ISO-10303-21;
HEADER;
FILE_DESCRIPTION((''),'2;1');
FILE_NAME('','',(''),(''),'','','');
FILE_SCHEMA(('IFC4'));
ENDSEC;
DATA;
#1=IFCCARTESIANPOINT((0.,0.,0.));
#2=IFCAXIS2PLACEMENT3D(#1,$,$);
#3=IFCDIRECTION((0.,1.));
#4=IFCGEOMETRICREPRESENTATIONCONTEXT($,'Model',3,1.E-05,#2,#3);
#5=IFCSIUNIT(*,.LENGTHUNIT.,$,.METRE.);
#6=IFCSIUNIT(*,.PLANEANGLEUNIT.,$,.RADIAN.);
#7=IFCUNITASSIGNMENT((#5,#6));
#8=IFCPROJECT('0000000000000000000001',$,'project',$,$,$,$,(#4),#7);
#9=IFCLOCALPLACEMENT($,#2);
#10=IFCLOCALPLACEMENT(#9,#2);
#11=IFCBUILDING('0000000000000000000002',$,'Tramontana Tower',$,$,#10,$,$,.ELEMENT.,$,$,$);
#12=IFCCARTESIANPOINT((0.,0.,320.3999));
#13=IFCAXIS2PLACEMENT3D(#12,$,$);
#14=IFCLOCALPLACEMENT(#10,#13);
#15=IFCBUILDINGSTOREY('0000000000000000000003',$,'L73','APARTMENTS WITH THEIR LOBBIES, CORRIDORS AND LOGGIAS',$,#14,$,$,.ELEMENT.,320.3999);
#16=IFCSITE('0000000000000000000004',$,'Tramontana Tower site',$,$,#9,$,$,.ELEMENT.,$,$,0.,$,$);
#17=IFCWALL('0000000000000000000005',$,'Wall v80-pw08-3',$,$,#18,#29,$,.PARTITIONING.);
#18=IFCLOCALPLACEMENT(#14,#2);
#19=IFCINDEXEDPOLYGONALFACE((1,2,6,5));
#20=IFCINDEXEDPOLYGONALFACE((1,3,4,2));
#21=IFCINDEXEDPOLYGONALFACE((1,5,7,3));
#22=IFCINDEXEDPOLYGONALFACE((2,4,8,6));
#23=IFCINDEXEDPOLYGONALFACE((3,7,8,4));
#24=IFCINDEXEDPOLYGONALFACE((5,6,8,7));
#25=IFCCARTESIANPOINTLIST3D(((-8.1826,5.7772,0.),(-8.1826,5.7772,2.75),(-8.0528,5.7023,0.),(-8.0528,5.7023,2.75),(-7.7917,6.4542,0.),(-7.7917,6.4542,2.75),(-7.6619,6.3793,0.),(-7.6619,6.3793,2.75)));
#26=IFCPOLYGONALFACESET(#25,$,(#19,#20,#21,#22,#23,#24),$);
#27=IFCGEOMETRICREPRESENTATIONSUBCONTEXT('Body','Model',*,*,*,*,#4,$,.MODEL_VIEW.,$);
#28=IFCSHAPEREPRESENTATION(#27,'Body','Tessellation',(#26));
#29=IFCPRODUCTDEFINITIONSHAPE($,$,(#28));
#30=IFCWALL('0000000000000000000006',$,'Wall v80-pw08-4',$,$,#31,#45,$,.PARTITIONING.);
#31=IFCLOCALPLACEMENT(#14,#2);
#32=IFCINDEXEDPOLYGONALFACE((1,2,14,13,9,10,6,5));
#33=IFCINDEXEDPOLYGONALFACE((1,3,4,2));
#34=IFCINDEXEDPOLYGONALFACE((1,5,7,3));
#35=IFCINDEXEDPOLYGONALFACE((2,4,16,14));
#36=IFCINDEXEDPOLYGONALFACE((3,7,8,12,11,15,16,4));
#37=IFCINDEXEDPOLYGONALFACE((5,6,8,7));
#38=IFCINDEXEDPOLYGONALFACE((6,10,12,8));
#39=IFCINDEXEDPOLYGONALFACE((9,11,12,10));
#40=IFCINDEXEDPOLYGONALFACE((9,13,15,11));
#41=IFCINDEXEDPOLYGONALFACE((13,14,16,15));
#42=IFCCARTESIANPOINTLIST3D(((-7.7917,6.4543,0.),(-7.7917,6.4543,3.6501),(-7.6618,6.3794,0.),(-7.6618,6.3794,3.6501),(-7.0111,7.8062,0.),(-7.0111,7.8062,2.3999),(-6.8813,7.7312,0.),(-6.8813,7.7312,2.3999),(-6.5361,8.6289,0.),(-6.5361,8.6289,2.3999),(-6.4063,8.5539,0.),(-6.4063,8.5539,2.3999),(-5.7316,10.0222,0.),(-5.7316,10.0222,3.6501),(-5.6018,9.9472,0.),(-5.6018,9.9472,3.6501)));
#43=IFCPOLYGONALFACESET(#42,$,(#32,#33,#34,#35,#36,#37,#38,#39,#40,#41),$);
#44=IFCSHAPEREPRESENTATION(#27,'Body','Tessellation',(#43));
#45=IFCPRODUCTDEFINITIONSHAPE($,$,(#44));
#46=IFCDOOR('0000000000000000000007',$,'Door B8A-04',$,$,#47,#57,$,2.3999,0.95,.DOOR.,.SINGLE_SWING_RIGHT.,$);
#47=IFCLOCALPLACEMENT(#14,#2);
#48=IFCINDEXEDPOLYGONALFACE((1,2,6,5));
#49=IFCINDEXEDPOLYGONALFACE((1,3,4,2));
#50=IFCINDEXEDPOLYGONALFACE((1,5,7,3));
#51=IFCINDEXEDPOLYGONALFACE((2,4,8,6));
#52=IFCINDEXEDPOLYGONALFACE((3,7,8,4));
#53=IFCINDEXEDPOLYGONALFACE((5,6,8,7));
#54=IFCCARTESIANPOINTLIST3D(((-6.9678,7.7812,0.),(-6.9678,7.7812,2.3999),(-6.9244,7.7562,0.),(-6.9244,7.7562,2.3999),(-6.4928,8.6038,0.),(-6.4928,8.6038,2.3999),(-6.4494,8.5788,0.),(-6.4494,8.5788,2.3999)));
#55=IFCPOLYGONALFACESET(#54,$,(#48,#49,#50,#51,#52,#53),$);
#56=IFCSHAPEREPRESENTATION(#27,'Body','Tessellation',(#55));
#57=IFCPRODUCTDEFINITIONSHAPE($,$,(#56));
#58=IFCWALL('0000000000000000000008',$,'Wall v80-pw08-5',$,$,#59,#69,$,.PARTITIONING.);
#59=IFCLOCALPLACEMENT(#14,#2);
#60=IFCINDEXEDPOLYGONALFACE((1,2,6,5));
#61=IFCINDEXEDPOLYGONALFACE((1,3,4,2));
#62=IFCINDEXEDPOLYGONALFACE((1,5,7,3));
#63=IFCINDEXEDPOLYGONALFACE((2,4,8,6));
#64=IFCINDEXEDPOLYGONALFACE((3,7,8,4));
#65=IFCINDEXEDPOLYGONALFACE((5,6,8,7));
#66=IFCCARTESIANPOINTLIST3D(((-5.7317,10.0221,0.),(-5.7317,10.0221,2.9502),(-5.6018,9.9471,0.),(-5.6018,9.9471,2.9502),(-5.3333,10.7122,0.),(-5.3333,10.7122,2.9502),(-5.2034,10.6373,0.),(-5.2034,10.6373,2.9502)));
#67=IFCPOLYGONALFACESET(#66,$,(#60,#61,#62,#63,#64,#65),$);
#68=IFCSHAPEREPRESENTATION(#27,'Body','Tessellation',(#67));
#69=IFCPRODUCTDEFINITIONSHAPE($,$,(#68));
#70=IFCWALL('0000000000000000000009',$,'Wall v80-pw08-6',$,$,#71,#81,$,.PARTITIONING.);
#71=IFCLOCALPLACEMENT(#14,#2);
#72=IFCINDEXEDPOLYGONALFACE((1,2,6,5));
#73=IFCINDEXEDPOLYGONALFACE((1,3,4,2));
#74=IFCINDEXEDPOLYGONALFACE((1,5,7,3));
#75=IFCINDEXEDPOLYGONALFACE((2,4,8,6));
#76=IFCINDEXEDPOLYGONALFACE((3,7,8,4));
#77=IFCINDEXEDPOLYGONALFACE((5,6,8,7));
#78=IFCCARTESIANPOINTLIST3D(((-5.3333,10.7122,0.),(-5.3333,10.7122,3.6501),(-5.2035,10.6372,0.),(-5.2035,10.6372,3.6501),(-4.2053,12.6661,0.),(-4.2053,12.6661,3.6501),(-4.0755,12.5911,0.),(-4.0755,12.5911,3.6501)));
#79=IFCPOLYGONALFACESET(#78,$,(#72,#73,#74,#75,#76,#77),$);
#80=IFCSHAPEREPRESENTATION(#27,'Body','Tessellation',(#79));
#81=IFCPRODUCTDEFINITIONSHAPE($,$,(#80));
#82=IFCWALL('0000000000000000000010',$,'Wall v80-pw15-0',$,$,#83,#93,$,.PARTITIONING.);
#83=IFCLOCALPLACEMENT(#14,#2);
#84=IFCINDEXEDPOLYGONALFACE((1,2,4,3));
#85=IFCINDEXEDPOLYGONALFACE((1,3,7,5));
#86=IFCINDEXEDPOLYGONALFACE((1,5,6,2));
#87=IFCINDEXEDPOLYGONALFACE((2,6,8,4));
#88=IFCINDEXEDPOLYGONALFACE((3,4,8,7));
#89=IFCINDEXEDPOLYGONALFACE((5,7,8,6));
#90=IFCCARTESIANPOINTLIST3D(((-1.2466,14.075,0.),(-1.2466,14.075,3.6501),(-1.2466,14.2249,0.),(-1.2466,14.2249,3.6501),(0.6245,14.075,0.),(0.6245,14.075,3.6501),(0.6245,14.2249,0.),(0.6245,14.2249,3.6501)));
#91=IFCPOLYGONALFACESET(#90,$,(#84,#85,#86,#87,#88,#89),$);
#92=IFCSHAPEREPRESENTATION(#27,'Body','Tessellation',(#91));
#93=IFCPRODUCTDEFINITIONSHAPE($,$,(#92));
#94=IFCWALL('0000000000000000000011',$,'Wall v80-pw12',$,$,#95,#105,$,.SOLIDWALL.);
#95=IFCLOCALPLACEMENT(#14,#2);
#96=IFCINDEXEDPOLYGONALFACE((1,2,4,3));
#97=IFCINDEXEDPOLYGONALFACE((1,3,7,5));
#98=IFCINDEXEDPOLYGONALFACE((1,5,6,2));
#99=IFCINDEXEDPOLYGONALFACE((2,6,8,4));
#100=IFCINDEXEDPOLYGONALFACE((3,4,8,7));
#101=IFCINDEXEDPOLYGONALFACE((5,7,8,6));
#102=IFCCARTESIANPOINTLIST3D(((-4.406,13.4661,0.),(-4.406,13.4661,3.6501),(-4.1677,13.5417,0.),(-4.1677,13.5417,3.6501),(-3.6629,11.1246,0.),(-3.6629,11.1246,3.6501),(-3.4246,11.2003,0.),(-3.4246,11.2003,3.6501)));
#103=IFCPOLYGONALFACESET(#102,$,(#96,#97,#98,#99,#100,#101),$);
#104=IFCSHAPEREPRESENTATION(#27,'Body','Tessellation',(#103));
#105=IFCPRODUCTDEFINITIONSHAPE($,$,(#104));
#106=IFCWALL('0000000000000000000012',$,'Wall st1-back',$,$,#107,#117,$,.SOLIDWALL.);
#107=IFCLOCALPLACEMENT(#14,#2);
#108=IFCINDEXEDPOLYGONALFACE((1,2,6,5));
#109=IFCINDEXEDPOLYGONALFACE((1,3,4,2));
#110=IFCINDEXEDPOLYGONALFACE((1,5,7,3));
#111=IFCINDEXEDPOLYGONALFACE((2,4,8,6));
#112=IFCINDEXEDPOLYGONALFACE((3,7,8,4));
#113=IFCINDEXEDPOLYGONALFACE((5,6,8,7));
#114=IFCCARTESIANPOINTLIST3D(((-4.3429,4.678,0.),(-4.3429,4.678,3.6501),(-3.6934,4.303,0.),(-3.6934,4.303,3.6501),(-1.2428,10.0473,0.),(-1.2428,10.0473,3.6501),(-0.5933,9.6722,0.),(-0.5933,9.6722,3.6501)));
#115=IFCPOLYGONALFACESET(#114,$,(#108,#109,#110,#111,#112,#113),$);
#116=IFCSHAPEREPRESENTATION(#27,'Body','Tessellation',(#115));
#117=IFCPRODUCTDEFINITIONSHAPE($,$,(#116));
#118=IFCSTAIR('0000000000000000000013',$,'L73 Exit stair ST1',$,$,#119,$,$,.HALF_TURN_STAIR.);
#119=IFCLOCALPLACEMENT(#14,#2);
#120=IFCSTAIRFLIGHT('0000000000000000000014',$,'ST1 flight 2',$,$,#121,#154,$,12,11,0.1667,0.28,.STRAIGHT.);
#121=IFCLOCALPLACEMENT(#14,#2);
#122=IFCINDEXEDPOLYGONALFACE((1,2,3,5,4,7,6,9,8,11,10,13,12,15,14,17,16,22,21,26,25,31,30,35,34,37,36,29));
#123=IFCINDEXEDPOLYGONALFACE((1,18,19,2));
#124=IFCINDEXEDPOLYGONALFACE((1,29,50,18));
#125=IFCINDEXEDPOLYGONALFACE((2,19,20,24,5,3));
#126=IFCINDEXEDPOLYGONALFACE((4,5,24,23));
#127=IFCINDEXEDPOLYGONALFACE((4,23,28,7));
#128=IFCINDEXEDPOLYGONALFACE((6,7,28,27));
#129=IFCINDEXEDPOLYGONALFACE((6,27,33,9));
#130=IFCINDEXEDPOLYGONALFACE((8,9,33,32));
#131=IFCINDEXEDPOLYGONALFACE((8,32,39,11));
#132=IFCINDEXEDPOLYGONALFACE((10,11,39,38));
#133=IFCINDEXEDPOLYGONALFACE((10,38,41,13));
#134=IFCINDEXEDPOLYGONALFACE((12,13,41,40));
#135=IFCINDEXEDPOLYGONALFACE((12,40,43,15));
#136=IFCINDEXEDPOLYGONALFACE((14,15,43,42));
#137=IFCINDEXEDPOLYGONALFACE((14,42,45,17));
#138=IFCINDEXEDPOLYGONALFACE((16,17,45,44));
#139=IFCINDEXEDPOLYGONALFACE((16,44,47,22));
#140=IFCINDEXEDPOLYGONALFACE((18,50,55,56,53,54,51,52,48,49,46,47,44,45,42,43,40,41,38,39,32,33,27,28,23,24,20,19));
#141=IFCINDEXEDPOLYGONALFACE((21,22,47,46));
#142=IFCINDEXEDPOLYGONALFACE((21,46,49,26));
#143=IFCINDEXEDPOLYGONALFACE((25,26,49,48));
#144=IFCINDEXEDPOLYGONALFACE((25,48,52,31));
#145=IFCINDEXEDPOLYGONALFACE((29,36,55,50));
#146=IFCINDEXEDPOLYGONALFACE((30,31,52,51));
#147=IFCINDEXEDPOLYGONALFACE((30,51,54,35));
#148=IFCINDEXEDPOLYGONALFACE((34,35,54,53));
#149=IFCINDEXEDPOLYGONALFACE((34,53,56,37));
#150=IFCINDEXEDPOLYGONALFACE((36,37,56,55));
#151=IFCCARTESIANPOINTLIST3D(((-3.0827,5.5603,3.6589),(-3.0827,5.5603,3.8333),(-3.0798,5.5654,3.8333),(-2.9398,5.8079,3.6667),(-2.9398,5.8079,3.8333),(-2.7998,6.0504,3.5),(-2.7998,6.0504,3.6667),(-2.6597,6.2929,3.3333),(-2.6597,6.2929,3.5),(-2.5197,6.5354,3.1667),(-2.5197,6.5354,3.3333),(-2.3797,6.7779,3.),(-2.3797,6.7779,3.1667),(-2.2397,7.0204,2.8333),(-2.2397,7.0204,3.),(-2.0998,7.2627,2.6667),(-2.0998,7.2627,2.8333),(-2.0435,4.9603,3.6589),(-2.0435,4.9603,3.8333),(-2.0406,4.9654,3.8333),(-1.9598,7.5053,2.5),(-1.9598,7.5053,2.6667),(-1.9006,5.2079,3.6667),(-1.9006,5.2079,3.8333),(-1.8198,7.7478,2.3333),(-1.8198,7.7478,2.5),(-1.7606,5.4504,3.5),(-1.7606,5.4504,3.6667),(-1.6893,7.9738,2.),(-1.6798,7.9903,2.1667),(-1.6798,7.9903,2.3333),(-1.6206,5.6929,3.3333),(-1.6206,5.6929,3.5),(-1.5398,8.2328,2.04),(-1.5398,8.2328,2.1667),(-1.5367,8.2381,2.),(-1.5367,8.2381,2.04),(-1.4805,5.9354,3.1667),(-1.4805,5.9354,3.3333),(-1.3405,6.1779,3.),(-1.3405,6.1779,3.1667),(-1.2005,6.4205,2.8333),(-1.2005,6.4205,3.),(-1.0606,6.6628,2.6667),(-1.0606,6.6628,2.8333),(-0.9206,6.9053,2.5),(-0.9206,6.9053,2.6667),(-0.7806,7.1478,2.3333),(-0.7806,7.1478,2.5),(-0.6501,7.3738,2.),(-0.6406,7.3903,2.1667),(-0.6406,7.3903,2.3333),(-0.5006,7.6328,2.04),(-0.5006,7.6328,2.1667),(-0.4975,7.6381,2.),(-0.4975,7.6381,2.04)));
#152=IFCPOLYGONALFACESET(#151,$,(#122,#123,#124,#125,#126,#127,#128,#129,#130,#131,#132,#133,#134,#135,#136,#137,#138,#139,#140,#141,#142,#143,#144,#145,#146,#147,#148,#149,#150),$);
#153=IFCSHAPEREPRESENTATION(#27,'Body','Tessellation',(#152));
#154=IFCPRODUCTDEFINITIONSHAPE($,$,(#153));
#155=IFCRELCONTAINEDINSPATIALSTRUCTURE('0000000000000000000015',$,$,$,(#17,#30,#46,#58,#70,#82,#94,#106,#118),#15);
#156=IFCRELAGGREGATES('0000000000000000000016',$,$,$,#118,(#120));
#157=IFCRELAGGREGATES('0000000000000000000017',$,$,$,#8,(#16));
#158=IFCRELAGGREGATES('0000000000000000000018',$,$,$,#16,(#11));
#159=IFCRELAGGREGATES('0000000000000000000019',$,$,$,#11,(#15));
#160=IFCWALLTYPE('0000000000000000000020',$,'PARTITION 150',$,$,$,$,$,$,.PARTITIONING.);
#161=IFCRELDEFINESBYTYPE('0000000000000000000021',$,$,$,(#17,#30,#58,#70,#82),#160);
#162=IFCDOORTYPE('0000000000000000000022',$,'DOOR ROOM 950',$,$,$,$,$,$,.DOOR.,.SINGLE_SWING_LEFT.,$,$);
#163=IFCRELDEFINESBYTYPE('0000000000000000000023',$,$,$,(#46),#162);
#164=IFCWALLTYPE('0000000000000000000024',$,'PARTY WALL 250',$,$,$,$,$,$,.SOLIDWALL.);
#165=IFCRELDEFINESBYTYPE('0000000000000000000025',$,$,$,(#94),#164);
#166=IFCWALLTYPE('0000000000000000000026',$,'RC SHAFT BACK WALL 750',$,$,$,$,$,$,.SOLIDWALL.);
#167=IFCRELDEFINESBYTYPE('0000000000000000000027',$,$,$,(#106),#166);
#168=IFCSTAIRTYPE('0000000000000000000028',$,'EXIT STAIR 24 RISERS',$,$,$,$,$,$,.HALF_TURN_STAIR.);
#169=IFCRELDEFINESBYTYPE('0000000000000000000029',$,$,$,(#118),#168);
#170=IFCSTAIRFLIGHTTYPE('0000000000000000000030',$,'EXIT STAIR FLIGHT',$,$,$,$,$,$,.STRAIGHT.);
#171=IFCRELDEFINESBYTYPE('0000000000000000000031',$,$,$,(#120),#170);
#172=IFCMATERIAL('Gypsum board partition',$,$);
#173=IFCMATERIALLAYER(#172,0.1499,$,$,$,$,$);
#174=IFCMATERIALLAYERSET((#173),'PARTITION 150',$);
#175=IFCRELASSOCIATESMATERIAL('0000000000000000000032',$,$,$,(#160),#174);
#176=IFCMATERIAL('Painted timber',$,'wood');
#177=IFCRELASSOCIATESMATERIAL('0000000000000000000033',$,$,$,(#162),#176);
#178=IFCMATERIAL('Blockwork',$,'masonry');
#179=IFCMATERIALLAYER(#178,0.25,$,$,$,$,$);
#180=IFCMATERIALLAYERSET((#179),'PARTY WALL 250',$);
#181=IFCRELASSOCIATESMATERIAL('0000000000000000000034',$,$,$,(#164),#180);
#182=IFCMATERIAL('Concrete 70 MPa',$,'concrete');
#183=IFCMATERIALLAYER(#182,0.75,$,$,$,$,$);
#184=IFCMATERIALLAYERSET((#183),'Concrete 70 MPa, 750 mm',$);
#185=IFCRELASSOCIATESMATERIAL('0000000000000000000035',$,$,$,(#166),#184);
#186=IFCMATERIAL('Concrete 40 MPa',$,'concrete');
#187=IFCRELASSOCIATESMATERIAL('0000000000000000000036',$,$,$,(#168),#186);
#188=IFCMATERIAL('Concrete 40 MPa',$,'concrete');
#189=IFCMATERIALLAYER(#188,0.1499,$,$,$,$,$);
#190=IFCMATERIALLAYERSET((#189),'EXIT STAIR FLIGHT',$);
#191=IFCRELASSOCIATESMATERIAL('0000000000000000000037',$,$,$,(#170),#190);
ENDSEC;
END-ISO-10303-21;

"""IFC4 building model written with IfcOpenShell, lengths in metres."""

from ifc_helpers import new_model, si_unit, direction, frame, frame_2d, origin, place, context, subcontext, project, spatial, polyline, rectangle, outline, extrude, material, layer, layer_set, type_object, element, fill, aggregate, save


model = new_model("IFC4")

# Units and contexts
model_context = context("Model", 3, precision=1e-05, world=origin(), true_north=direction((0.0, 1.0)))
body_context = subcontext(model_context, "Body", "Model", "MODEL_VIEW")
ifc_project = project(units=[si_unit("LENGTHUNIT", "METRE"), si_unit("PLANEANGLEUNIT", "RADIAN")], contexts=[model_context])

# Site, building, storey
site_placement = place(None, origin())
site = spatial("IfcSite", under=ifc_project, at=site_placement, Name="Tramontana Tower site", CompositionType="ELEMENT", RefElevation=0.0)
building_placement = place(site_placement, origin())
building = spatial("IfcBuilding", under=site, at=building_placement, Name="Tramontana Tower", CompositionType="ELEMENT")
storey_placement = place(building_placement, frame((0.0, 0.0, 320.3999)))
storey = spatial("IfcBuildingStorey", under=building, at=storey_placement, Name="L73", Description="APARTMENTS WITH THEIR LOBBIES, CORRIDORS AND LOGGIAS", CompositionType="ELEMENT", Elevation=320.3999)

# Wall
ifc_material_1 = material(Name="Gypsum board partition")
ifc_layer_1 = layer(ifc_material_1, 0.1499)
ifc_layer_set_1 = layer_set([ifc_layer_1], Name="PARTITION 150")
wall_type_1 = type_object("IfcWallType", Name="PARTITION 150", PredefinedType="PARTITIONING", material=ifc_layer_set_1)
wall_1_placement = place(storey_placement, frame((-8.1177, 5.7397, 0.0), z_axis=(0.0, 0.0, 1.0), x_axis=(0.500002, 0.866024, 0.0)))
element("IfcWall", 1, at=wall_1_placement, inside=storey, type_object=wall_type_1, Name="Wall v80-pw08-3", PredefinedType="PARTITIONING", context=body_context, shape_type="SweptSolid", body=[
    extrude(rectangle(XDim=0.7817, YDim=0.1499, at=frame_2d((0.3909, 0.0))), origin(), (0.0, 0.0, 1.0), 2.75),
])

# Wall, opening, door
wall_2_placement = place(storey_placement, frame((-7.7268, 6.4167, 0.0), z_axis=(0.0, 0.0, 1.0), x_axis=(0.500027, 0.86601, 0.0)))
wall_2 = element("IfcWall", 2, at=wall_2_placement, inside=storey, type_object=wall_type_1, Name="Wall v80-pw08-4", PredefinedType="PARTITIONING", context=body_context, shape_type="SweptSolid", body=[
    extrude(rectangle(XDim=4.1199, YDim=0.1499, at=frame_2d((2.0601, 0.0))), origin(), (0.0, 0.0, 1.0), 3.6501),
])
opening_1_placement = place(wall_2_placement, frame((1.561, 0.0, 0.0)))
opening_1 = element("IfcOpeningElement", 3, at=opening_1_placement, cuts=wall_2, PredefinedType="OPENING", context=body_context, shape_type="SweptSolid", body=[
    extrude(rectangle(XDim=0.95, YDim=2.3999, at=frame_2d((0.4751, 1.2))), frame((0.0, 0.085, 0.0), z_axis=(0.0, -1.0, 0.0), x_axis=(1.0, 0.0, 0.0)), (0.0, 0.0, 1.0), 0.1699),
])
ifc_material_2 = material(Name="Painted timber", Category="wood")
door_type_1 = type_object("IfcDoorType", Name="DOOR ROOM 950", OperationType="SINGLE_SWING_LEFT", PredefinedType="DOOR", material=ifc_material_2)
door_1_placement = place(opening_1_placement, origin())
door_1 = element("IfcDoor", 4, at=door_1_placement, inside=storey, type_object=door_type_1, Name="Door B8A-04", OperationType="SINGLE_SWING_RIGHT", OverallHeight=2.3999, OverallWidth=0.95, PredefinedType="DOOR", context=body_context, shape_type="SweptSolid", body=[
    extrude(rectangle(XDim=0.95, YDim=2.3999, at=frame_2d((0.4751, 1.2))), frame((0.0, 0.0249, 0.0), z_axis=(0.0, -1.0, 0.0), x_axis=(1.0, 0.0, 0.0)), (0.0, 0.0, 1.0), 0.05),
])
fill(opening_1, door_1)

# Walls
wall_3_placement = place(storey_placement, frame((-5.6667, 9.9846, 0.0), z_axis=(0.0, 0.0, 1.0), x_axis=(0.499961, 0.866048, 0.0)))
element("IfcWall", 5, at=wall_3_placement, inside=storey, type_object=wall_type_1, Name="Wall v80-pw08-5", PredefinedType="PARTITIONING", context=body_context, shape_type="SweptSolid", body=[
    extrude(rectangle(XDim=0.7969, YDim=0.1499, at=frame_2d((0.3984, 0.0))), origin(), (0.0, 0.0, 1.0), 2.9502),
])
wall_4_placement = place(storey_placement, frame((-5.2683, 10.6748, 0.0), z_axis=(0.0, 0.0, 1.0), x_axis=(0.499957, 0.86605, 0.0)))
element("IfcWall", 6, at=wall_4_placement, inside=storey, type_object=wall_type_1, Name="Wall v80-pw08-6", PredefinedType="PARTITIONING", context=body_context, shape_type="SweptSolid", body=[
    extrude(rectangle(XDim=2.2561, YDim=0.1499, at=frame_2d((1.1279, 0.0))), origin(), (0.0, 0.0, 1.0), 3.6501),
])

# Walls
wall_5_placement = place(storey_placement, frame((-1.2466, 14.1499, 0.0), z_axis=(0.0, 0.0, 1.0), x_axis=(1.0, 0.0, 0.0)))
element("IfcWall", 7, at=wall_5_placement, inside=storey, type_object=wall_type_1, Name="Wall v80-pw15-0", PredefinedType="PARTITIONING", context=body_context, shape_type="SweptSolid", body=[
    extrude(rectangle(XDim=1.8711, YDim=0.1499, at=frame_2d((0.9355, 0.0))), origin(), (0.0, 0.0, 1.0), 3.6501),
])
ifc_material_3 = material(Name="Blockwork", Category="masonry")
ifc_layer_2 = layer(ifc_material_3, 0.25)
ifc_layer_set_2 = layer_set([ifc_layer_2], Name="PARTY WALL 250")
wall_type_2 = type_object("IfcWallType", Name="PARTY WALL 250", PredefinedType="SOLIDWALL", material=ifc_layer_set_2)
wall_6_placement = place(storey_placement, frame((-4.2869, 13.5039, 0.0), z_axis=(0.0, 0.0, 1.0), x_axis=(0.30251, -0.953146, 0.0)))
element("IfcWall", 8, at=wall_6_placement, inside=storey, type_object=wall_type_2, Name="Wall v80-pw12", PredefinedType="SOLIDWALL", context=body_context, shape_type="SweptSolid", body=[
    extrude(rectangle(XDim=2.4565, YDim=0.25, at=frame_2d((1.2283, 0.0))), origin(), (0.0, 0.0, 1.0), 3.6501),
])
ifc_material_4 = material(Name="Concrete 70 MPa", Category="concrete")
ifc_layer_3 = layer(ifc_material_4, 0.75)
ifc_layer_set_3 = layer_set([ifc_layer_3], Name="Concrete 70 MPa, 750 mm")
wall_type_3 = type_object("IfcWallType", Name="RC SHAFT BACK WALL 750", PredefinedType="SOLIDWALL", material=ifc_layer_set_3)
wall_7_placement = place(storey_placement, frame((-0.918, 9.8599, 0.0), z_axis=(0.0, 0.0, 1.0), x_axis=(-0.500027, -0.86601, 0.0)))
element("IfcWall", 9, at=wall_7_placement, inside=storey, type_object=wall_type_3, Name="Wall st1-back", PredefinedType="SOLIDWALL", context=body_context, shape_type="SweptSolid", body=[
    extrude(rectangle(XDim=6.2, YDim=0.75, at=frame_2d((3.1001, 0.0))), origin(), (0.0, 0.0, 1.0), 3.6501),
])

# Stair, stair flight
ifc_material_5 = material(Name="Concrete 40 MPa", Category="concrete")
stair_type = type_object("IfcStairType", Name="EXIT STAIR 24 RISERS", PredefinedType="HALF_TURN_STAIR", material=ifc_material_5)
stair_placement = place(storey_placement, origin())
stair = element("IfcStair", 10, at=stair_placement, inside=storey, type_object=stair_type, Name="L73 Exit stair ST1", PredefinedType="HALF_TURN_STAIR")
ifc_material_6 = material(Name="Concrete 40 MPa", Category="concrete")
ifc_layer_4 = layer(ifc_material_6, 0.1499)
ifc_layer_set_4 = layer_set([ifc_layer_4], Name="EXIT STAIR FLIGHT")
stair_flight_type = type_object("IfcStairFlightType", Name="EXIT STAIR FLIGHT", PredefinedType="STRAIGHT", material=ifc_layer_set_4)
stair_flight_placement = place(storey_placement, frame((-1.0203, 7.9329, 2.0), z_axis=(0.0, 0.0, 1.0), x_axis=(-0.5, -0.866025, 0.0)))
stair_flight = element("IfcStairFlight", 11, at=stair_flight_placement, type_object=stair_flight_type, Name="ST1 flight 2", NumberOfRisers=12, NumberOfTreads=11, PredefinedType="STRAIGHT", RiserHeight=0.1667, TreadLength=0.28, context=body_context, shape_type="SweptSolid", body=[
    extrude(outline(polyline([(-0.0061, 0.0), (-0.0061, 0.04), (0.0, 0.04), (0.0, 0.1667), (0.28, 0.1667), (0.28, 0.3333), (0.5601, 0.3333), (0.5601, 0.5), (0.8401, 0.5), (0.8401, 0.6667), (1.1201, 0.6667), (1.1201, 0.8333), (1.3999, 0.8333), (1.3999, 1.0), (1.6799, 1.0), (1.6799, 1.1667), (1.96, 1.1667), (1.96, 1.3333), (2.24, 1.3333), (2.24, 1.5), (2.52, 1.5), (2.52, 1.6667), (2.8, 1.6667), (2.8, 1.8333), (3.0801, 1.8333), (3.0859, 1.8333), (3.0859, 1.6589), (0.2991, 0.0), (-0.0061, 0.0)])), frame((0.0, 0.6001, 0.0), z_axis=(0.0, -1.0, 0.0), x_axis=(1.0, 0.0, 0.0)), (0.0, 0.0, 1.0), 1.2),
])
aggregate(stair, [stair_flight])

save(model, "model.ifc")
